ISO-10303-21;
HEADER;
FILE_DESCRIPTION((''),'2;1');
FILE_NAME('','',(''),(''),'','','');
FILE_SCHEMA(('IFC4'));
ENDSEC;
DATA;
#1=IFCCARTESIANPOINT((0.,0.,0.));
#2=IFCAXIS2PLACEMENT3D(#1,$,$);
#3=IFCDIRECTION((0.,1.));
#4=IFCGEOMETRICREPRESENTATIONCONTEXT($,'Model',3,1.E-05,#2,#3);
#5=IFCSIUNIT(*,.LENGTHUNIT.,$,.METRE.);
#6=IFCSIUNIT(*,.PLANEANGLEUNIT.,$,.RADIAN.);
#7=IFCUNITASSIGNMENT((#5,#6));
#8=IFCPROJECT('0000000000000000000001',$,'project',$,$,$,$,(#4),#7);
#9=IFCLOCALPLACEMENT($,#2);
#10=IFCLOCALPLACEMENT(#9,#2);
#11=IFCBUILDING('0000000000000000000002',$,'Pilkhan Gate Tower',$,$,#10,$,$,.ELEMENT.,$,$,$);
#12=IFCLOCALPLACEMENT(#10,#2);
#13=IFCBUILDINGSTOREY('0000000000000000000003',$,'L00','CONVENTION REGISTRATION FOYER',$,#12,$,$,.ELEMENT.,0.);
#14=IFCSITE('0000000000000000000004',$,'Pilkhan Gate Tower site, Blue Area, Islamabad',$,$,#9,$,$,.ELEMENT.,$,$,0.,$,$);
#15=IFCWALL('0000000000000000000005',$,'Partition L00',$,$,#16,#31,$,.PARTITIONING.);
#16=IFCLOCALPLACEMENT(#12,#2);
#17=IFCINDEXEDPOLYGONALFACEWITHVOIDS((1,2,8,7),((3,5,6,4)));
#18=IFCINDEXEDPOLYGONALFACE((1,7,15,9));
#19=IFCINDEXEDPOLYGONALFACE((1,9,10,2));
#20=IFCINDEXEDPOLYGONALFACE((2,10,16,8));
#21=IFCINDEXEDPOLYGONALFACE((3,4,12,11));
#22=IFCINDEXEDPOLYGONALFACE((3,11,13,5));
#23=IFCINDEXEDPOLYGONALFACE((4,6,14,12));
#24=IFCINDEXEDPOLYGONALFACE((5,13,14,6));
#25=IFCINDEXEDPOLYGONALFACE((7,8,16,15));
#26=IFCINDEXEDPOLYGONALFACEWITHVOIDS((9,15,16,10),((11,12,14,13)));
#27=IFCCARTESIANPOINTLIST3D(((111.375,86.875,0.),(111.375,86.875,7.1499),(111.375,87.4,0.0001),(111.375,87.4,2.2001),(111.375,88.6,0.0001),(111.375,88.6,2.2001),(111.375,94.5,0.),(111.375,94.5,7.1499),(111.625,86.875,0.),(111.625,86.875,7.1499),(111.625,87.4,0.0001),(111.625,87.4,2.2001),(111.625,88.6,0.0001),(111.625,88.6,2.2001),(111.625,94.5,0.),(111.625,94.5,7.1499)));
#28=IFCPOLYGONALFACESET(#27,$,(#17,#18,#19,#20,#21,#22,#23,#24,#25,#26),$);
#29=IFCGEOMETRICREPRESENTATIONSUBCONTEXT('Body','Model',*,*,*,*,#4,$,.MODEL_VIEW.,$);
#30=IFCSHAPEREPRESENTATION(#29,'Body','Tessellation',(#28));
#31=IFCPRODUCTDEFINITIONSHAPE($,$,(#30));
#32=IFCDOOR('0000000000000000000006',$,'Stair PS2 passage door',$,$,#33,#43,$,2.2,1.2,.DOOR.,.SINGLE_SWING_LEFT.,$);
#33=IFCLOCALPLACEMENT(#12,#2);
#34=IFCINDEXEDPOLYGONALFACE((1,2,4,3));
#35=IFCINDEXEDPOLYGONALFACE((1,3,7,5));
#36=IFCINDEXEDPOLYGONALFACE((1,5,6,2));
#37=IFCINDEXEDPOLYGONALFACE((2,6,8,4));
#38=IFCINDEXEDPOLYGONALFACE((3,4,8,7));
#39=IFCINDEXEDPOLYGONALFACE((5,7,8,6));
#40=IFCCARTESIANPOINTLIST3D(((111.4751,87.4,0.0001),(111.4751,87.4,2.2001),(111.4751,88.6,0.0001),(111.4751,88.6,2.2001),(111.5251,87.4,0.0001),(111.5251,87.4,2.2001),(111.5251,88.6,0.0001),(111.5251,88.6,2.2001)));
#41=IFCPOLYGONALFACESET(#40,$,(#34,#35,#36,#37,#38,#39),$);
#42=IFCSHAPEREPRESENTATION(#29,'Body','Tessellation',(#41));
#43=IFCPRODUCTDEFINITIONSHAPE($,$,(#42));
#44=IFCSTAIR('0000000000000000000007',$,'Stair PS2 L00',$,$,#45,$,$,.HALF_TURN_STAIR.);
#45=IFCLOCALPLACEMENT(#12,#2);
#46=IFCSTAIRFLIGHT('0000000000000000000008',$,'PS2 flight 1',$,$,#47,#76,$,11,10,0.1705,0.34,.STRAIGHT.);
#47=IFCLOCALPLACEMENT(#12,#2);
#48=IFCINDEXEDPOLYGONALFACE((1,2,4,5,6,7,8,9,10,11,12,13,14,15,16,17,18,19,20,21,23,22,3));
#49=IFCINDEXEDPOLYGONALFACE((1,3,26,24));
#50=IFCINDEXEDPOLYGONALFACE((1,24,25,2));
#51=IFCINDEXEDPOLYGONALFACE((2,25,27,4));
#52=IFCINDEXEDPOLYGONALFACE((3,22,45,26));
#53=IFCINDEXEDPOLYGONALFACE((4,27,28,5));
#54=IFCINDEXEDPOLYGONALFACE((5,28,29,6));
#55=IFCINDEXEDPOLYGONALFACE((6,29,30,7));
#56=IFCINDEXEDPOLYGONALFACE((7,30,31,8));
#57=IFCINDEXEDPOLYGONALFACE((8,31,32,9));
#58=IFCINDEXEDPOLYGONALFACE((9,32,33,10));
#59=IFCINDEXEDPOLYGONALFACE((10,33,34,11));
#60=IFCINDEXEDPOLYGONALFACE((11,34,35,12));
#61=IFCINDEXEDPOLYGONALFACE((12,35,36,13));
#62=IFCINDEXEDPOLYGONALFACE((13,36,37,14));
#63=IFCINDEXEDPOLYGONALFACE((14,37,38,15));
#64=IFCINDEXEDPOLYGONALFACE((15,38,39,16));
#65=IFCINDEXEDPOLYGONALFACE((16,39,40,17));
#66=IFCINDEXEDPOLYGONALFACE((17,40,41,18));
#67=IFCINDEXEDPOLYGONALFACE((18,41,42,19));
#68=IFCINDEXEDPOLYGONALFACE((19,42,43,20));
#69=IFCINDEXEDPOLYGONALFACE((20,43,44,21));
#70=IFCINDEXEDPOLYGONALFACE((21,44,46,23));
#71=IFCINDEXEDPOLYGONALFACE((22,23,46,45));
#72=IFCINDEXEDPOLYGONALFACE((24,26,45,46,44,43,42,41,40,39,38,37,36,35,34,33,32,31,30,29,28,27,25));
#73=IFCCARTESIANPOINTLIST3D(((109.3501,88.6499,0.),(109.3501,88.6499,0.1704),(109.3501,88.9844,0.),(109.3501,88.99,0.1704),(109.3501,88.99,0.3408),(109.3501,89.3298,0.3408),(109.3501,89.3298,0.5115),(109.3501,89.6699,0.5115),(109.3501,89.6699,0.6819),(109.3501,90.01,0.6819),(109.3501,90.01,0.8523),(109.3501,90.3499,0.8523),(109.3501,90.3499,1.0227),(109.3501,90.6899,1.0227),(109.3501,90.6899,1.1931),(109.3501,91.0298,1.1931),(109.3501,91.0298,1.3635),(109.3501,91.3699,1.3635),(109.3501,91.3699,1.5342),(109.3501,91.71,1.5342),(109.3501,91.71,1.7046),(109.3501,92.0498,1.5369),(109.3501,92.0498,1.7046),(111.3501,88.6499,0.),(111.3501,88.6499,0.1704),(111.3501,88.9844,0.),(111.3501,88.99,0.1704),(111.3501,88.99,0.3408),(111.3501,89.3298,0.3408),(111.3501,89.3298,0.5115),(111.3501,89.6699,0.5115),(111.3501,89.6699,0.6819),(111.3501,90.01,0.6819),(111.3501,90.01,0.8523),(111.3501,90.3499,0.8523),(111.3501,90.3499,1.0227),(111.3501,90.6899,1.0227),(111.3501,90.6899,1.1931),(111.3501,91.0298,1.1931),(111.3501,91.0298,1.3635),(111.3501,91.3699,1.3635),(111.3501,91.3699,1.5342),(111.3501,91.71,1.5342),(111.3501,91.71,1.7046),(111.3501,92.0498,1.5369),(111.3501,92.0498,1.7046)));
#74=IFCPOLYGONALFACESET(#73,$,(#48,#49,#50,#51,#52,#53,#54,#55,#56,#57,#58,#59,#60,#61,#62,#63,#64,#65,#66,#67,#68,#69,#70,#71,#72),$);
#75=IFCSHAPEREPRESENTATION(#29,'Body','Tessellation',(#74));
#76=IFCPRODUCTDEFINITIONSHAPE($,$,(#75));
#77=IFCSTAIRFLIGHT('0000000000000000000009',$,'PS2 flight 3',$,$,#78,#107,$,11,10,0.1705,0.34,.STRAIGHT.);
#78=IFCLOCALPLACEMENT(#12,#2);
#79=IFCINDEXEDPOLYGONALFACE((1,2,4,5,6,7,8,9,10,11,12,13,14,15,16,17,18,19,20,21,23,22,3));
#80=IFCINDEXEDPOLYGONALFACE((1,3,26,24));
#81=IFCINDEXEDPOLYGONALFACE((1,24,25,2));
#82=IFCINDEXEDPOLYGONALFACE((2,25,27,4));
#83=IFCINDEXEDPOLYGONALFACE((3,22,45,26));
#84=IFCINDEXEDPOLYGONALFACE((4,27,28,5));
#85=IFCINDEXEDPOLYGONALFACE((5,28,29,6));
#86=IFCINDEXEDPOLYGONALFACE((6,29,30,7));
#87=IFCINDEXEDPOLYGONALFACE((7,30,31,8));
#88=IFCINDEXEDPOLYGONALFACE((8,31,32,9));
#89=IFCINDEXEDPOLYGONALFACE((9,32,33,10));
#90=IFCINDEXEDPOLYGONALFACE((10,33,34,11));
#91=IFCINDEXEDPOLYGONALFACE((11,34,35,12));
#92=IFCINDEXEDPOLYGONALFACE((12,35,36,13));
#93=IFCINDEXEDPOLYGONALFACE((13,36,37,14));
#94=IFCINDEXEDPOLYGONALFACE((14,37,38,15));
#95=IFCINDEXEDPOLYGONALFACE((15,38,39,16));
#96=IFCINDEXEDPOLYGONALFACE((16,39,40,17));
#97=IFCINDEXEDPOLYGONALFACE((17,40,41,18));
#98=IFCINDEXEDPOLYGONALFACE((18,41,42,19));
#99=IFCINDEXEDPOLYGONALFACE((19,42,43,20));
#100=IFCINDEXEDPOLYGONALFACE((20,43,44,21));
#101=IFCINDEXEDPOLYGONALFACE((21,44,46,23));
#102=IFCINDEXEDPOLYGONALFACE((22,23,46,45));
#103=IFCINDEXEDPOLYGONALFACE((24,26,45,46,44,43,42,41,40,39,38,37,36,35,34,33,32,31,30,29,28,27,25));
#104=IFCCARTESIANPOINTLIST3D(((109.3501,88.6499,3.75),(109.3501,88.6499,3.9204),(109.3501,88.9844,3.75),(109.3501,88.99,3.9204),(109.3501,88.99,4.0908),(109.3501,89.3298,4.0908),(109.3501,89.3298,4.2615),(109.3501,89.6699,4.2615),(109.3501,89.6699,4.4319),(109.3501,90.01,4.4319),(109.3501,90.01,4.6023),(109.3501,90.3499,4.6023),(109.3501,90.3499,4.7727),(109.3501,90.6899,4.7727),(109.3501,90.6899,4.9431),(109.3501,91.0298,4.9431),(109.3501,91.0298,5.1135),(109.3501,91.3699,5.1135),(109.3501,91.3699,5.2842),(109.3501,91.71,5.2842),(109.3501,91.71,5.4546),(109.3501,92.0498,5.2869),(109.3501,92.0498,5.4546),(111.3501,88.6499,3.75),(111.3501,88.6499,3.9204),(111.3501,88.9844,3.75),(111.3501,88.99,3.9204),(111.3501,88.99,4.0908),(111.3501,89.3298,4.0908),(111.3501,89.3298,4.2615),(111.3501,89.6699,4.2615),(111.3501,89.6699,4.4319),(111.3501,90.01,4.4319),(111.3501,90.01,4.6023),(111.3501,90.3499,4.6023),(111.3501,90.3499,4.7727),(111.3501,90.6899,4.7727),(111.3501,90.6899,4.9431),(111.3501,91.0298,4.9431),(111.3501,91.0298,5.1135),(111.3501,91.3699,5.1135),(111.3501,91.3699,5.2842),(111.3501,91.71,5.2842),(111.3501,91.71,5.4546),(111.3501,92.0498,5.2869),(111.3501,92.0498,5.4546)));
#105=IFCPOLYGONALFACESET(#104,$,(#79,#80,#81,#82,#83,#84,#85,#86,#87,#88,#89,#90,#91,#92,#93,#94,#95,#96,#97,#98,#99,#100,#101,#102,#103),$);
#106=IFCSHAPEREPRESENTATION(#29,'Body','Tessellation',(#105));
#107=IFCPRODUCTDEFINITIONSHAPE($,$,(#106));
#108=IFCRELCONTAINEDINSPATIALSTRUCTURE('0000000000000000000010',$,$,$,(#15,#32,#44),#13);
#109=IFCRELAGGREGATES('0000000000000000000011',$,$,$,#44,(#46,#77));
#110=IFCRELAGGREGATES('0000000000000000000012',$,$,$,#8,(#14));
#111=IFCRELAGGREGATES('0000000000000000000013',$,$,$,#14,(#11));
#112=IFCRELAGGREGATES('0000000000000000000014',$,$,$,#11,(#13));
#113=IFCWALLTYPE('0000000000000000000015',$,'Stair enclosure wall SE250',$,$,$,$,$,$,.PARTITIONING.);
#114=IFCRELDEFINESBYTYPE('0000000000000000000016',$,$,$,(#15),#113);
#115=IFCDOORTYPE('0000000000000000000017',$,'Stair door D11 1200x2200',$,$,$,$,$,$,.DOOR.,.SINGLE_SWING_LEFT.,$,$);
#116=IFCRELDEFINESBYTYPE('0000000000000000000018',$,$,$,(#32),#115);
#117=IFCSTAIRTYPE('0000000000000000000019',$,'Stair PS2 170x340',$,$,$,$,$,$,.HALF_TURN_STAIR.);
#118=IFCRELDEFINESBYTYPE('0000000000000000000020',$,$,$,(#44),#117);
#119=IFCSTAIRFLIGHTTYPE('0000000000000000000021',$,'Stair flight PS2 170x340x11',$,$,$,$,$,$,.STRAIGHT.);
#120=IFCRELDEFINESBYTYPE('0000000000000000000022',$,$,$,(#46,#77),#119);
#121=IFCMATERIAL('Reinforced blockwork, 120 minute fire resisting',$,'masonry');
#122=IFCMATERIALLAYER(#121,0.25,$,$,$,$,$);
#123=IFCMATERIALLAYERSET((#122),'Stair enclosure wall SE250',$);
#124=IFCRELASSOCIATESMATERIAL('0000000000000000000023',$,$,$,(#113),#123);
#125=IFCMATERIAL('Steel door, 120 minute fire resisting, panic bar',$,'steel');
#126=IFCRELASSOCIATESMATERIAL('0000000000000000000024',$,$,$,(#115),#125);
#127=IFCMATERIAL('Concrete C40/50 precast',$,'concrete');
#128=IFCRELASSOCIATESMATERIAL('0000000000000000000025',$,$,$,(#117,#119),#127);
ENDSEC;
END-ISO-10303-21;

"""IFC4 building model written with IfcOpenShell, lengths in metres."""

from ifc_helpers import new_model, si_unit, direction, frame, frame_2d, origin, place, context, subcontext, project, spatial, polyline, rectangle, outline, extrude, material, layer, layer_set, type_object, element, fill, aggregate, save


model = new_model("IFC4")

# Units and contexts
model_context = context("Model", 3, precision=1e-05, world=origin(), true_north=direction((0.0, 1.0)))
body_context = subcontext(model_context, "Body", "Model", "MODEL_VIEW")
ifc_project = project(units=[si_unit("LENGTHUNIT", "METRE"), si_unit("PLANEANGLEUNIT", "RADIAN")], contexts=[model_context])

# Site, building, storey
site_placement = place(None, origin())
site = spatial("IfcSite", under=ifc_project, at=site_placement, Name="Pilkhan Gate Tower site, Blue Area, Islamabad", CompositionType="ELEMENT", RefElevation=0.0)
building_placement = place(site_placement, origin())
building = spatial("IfcBuilding", under=site, at=building_placement, Name="Pilkhan Gate Tower", CompositionType="ELEMENT")
storey_placement = place(building_placement, origin())
storey = spatial("IfcBuildingStorey", under=building, at=storey_placement, Name="L00", Description="CONVENTION REGISTRATION FOYER", CompositionType="ELEMENT", Elevation=0.0)

# Shared definitions
ifc_material_1 = material(Name="Reinforced blockwork, 120 minute fire resisting", Category="masonry")

# Wall, opening, door
ifc_layer_1 = layer(ifc_material_1, 0.25)
ifc_layer_set_1 = layer_set([ifc_layer_1], Name="Stair enclosure wall SE250")
wall_type_1 = type_object("IfcWallType", Name="Stair enclosure wall SE250", PredefinedType="PARTITIONING", material=ifc_layer_set_1)
wall_1_placement = place(storey_placement, frame((111.5, 86.875, 0.0), z_axis=(0.0, 0.0, 1.0), x_axis=(0.0, 1.0, 0.0)))
wall_1 = element("IfcWall", 1, at=wall_1_placement, inside=storey, type_object=wall_type_1, Name="Partition L00", PredefinedType="PARTITIONING", context=body_context, shape_type="SweptSolid", body=[
    extrude(rectangle(XDim=7.625, YDim=0.25, at=frame_2d((3.8125, 0.0))), origin(), (0.0, 0.0, 1.0), 7.1499),
])
opening_1_placement = place(wall_1_placement, frame((0.5249, 0.0, 0.0)))
opening_1 = element("IfcOpeningElement", 2, at=opening_1_placement, cuts=wall_1, PredefinedType="OPENING", context=body_context, shape_type="SweptSolid", body=[
    extrude(rectangle(XDim=1.2, YDim=2.2, at=frame_2d((0.6001, 1.1001))), frame((0.0, 0.135, 0.0), z_axis=(0.0, -1.0, 0.0), x_axis=(1.0, 0.0, 0.0)), (0.0, 0.0, 1.0), 0.27),
])
ifc_material_2 = material(Name="Steel door, 120 minute fire resisting, panic bar", Category="steel")
door_type_1 = type_object("IfcDoorType", Name="Stair door D11 1200x2200", OperationType="SINGLE_SWING_LEFT", PredefinedType="DOOR", material=ifc_material_2)
door_1_placement = place(opening_1_placement, origin())
door_1 = element("IfcDoor", 3, at=door_1_placement, inside=storey, type_object=door_type_1, Name="Stair PS2 passage door", OperationType="SINGLE_SWING_LEFT", OverallHeight=2.2, OverallWidth=1.2, PredefinedType="DOOR", context=body_context, shape_type="SweptSolid", body=[
    extrude(rectangle(XDim=1.2, YDim=2.2, at=frame_2d((0.6001, 1.1001))), frame((0.0, 0.0249, 0.0), z_axis=(0.0, -1.0, 0.0), x_axis=(1.0, 0.0, 0.0)), (0.0, 0.0, 1.0), 0.05),
])
fill(opening_1, door_1)

# Stair, stair flights
ifc_material_3 = material(Name="Concrete C40/50 precast", Category="concrete")
stair_type = type_object("IfcStairType", Name="Stair PS2 170x340", PredefinedType="HALF_TURN_STAIR", material=ifc_material_3)
stair_placement = place(storey_placement, origin())
stair = element("IfcStair", 4, at=stair_placement, inside=storey, type_object=stair_type, Name="Stair PS2 L00", PredefinedType="HALF_TURN_STAIR")
stair_flight_type = type_object("IfcStairFlightType", Name="Stair flight PS2 170x340x11", PredefinedType="STRAIGHT", material=ifc_material_3)
stair_flight_1_placement = place(storey_placement, frame((110.3501, 88.6499, 0.0), z_axis=(0.0, 0.0, 1.0), x_axis=(0.0, 1.0, 0.0)))
stair_flight_1 = element("IfcStairFlight", 5, at=stair_flight_1_placement, type_object=stair_flight_type, Name="PS2 flight 1", NumberOfRisers=11, NumberOfTreads=10, PredefinedType="STRAIGHT", RiserHeight=0.1705, TreadLength=0.34, context=body_context, shape_type="SweptSolid", body=[
    extrude(outline(polyline([(0.0, 0.0), (0.0, 0.1704), (0.3401, 0.1704), (0.3401, 0.3408), (0.6799, 0.3408), (0.6799, 0.5115), (1.02, 0.5115), (1.02, 0.6819), (1.3601, 0.6819), (1.3601, 0.8523), (1.7, 0.8523), (1.7, 1.0227), (2.04, 1.0227), (2.04, 1.1931), (2.3799, 1.1931), (2.3799, 1.3635), (2.72, 1.3635), (2.72, 1.5342), (3.0601, 1.5342), (3.0601, 1.7046), (3.3999, 1.7046), (3.3999, 1.875), (3.3999, 1.5369), (0.3345, 0.0), (0.0, 0.0)])), frame((0.0, 1.0, 0.0), z_axis=(0.0, -1.0, 0.0), x_axis=(1.0, 0.0, 0.0)), (0.0, 0.0, 1.0), 2.0),
])
stair_flight_2_placement = place(storey_placement, frame((110.3501, 88.6499, 3.75), z_axis=(0.0, 0.0, 1.0), x_axis=(0.0, 1.0, 0.0)))
stair_flight_2 = element("IfcStairFlight", 6, at=stair_flight_2_placement, type_object=stair_flight_type, Name="PS2 flight 3", NumberOfRisers=11, NumberOfTreads=10, PredefinedType="STRAIGHT", RiserHeight=0.1705, TreadLength=0.34, context=body_context, shape_type="SweptSolid", body=[
    extrude(outline(polyline([(0.0, 0.0), (0.0, 0.1704), (0.3401, 0.1704), (0.3401, 0.3408), (0.6799, 0.3408), (0.6799, 0.5115), (1.02, 0.5115), (1.02, 0.6819), (1.3601, 0.6819), (1.3601, 0.8523), (1.7, 0.8523), (1.7, 1.0227), (2.04, 1.0227), (2.04, 1.1931), (2.3799, 1.1931), (2.3799, 1.3635), (2.72, 1.3635), (2.72, 1.5342), (3.0601, 1.5342), (3.0601, 1.7046), (3.3999, 1.7046), (3.3999, 1.875), (3.3999, 1.5369), (0.3345, 0.0), (0.0, 0.0)])), frame((0.0, 1.0, 0.0), z_axis=(0.0, -1.0, 0.0), x_axis=(1.0, 0.0, 0.0)), (0.0, 0.0, 1.0), 2.0),
])
aggregate(stair, [stair_flight_1, stair_flight_2])

save(model, "model.ifc")
